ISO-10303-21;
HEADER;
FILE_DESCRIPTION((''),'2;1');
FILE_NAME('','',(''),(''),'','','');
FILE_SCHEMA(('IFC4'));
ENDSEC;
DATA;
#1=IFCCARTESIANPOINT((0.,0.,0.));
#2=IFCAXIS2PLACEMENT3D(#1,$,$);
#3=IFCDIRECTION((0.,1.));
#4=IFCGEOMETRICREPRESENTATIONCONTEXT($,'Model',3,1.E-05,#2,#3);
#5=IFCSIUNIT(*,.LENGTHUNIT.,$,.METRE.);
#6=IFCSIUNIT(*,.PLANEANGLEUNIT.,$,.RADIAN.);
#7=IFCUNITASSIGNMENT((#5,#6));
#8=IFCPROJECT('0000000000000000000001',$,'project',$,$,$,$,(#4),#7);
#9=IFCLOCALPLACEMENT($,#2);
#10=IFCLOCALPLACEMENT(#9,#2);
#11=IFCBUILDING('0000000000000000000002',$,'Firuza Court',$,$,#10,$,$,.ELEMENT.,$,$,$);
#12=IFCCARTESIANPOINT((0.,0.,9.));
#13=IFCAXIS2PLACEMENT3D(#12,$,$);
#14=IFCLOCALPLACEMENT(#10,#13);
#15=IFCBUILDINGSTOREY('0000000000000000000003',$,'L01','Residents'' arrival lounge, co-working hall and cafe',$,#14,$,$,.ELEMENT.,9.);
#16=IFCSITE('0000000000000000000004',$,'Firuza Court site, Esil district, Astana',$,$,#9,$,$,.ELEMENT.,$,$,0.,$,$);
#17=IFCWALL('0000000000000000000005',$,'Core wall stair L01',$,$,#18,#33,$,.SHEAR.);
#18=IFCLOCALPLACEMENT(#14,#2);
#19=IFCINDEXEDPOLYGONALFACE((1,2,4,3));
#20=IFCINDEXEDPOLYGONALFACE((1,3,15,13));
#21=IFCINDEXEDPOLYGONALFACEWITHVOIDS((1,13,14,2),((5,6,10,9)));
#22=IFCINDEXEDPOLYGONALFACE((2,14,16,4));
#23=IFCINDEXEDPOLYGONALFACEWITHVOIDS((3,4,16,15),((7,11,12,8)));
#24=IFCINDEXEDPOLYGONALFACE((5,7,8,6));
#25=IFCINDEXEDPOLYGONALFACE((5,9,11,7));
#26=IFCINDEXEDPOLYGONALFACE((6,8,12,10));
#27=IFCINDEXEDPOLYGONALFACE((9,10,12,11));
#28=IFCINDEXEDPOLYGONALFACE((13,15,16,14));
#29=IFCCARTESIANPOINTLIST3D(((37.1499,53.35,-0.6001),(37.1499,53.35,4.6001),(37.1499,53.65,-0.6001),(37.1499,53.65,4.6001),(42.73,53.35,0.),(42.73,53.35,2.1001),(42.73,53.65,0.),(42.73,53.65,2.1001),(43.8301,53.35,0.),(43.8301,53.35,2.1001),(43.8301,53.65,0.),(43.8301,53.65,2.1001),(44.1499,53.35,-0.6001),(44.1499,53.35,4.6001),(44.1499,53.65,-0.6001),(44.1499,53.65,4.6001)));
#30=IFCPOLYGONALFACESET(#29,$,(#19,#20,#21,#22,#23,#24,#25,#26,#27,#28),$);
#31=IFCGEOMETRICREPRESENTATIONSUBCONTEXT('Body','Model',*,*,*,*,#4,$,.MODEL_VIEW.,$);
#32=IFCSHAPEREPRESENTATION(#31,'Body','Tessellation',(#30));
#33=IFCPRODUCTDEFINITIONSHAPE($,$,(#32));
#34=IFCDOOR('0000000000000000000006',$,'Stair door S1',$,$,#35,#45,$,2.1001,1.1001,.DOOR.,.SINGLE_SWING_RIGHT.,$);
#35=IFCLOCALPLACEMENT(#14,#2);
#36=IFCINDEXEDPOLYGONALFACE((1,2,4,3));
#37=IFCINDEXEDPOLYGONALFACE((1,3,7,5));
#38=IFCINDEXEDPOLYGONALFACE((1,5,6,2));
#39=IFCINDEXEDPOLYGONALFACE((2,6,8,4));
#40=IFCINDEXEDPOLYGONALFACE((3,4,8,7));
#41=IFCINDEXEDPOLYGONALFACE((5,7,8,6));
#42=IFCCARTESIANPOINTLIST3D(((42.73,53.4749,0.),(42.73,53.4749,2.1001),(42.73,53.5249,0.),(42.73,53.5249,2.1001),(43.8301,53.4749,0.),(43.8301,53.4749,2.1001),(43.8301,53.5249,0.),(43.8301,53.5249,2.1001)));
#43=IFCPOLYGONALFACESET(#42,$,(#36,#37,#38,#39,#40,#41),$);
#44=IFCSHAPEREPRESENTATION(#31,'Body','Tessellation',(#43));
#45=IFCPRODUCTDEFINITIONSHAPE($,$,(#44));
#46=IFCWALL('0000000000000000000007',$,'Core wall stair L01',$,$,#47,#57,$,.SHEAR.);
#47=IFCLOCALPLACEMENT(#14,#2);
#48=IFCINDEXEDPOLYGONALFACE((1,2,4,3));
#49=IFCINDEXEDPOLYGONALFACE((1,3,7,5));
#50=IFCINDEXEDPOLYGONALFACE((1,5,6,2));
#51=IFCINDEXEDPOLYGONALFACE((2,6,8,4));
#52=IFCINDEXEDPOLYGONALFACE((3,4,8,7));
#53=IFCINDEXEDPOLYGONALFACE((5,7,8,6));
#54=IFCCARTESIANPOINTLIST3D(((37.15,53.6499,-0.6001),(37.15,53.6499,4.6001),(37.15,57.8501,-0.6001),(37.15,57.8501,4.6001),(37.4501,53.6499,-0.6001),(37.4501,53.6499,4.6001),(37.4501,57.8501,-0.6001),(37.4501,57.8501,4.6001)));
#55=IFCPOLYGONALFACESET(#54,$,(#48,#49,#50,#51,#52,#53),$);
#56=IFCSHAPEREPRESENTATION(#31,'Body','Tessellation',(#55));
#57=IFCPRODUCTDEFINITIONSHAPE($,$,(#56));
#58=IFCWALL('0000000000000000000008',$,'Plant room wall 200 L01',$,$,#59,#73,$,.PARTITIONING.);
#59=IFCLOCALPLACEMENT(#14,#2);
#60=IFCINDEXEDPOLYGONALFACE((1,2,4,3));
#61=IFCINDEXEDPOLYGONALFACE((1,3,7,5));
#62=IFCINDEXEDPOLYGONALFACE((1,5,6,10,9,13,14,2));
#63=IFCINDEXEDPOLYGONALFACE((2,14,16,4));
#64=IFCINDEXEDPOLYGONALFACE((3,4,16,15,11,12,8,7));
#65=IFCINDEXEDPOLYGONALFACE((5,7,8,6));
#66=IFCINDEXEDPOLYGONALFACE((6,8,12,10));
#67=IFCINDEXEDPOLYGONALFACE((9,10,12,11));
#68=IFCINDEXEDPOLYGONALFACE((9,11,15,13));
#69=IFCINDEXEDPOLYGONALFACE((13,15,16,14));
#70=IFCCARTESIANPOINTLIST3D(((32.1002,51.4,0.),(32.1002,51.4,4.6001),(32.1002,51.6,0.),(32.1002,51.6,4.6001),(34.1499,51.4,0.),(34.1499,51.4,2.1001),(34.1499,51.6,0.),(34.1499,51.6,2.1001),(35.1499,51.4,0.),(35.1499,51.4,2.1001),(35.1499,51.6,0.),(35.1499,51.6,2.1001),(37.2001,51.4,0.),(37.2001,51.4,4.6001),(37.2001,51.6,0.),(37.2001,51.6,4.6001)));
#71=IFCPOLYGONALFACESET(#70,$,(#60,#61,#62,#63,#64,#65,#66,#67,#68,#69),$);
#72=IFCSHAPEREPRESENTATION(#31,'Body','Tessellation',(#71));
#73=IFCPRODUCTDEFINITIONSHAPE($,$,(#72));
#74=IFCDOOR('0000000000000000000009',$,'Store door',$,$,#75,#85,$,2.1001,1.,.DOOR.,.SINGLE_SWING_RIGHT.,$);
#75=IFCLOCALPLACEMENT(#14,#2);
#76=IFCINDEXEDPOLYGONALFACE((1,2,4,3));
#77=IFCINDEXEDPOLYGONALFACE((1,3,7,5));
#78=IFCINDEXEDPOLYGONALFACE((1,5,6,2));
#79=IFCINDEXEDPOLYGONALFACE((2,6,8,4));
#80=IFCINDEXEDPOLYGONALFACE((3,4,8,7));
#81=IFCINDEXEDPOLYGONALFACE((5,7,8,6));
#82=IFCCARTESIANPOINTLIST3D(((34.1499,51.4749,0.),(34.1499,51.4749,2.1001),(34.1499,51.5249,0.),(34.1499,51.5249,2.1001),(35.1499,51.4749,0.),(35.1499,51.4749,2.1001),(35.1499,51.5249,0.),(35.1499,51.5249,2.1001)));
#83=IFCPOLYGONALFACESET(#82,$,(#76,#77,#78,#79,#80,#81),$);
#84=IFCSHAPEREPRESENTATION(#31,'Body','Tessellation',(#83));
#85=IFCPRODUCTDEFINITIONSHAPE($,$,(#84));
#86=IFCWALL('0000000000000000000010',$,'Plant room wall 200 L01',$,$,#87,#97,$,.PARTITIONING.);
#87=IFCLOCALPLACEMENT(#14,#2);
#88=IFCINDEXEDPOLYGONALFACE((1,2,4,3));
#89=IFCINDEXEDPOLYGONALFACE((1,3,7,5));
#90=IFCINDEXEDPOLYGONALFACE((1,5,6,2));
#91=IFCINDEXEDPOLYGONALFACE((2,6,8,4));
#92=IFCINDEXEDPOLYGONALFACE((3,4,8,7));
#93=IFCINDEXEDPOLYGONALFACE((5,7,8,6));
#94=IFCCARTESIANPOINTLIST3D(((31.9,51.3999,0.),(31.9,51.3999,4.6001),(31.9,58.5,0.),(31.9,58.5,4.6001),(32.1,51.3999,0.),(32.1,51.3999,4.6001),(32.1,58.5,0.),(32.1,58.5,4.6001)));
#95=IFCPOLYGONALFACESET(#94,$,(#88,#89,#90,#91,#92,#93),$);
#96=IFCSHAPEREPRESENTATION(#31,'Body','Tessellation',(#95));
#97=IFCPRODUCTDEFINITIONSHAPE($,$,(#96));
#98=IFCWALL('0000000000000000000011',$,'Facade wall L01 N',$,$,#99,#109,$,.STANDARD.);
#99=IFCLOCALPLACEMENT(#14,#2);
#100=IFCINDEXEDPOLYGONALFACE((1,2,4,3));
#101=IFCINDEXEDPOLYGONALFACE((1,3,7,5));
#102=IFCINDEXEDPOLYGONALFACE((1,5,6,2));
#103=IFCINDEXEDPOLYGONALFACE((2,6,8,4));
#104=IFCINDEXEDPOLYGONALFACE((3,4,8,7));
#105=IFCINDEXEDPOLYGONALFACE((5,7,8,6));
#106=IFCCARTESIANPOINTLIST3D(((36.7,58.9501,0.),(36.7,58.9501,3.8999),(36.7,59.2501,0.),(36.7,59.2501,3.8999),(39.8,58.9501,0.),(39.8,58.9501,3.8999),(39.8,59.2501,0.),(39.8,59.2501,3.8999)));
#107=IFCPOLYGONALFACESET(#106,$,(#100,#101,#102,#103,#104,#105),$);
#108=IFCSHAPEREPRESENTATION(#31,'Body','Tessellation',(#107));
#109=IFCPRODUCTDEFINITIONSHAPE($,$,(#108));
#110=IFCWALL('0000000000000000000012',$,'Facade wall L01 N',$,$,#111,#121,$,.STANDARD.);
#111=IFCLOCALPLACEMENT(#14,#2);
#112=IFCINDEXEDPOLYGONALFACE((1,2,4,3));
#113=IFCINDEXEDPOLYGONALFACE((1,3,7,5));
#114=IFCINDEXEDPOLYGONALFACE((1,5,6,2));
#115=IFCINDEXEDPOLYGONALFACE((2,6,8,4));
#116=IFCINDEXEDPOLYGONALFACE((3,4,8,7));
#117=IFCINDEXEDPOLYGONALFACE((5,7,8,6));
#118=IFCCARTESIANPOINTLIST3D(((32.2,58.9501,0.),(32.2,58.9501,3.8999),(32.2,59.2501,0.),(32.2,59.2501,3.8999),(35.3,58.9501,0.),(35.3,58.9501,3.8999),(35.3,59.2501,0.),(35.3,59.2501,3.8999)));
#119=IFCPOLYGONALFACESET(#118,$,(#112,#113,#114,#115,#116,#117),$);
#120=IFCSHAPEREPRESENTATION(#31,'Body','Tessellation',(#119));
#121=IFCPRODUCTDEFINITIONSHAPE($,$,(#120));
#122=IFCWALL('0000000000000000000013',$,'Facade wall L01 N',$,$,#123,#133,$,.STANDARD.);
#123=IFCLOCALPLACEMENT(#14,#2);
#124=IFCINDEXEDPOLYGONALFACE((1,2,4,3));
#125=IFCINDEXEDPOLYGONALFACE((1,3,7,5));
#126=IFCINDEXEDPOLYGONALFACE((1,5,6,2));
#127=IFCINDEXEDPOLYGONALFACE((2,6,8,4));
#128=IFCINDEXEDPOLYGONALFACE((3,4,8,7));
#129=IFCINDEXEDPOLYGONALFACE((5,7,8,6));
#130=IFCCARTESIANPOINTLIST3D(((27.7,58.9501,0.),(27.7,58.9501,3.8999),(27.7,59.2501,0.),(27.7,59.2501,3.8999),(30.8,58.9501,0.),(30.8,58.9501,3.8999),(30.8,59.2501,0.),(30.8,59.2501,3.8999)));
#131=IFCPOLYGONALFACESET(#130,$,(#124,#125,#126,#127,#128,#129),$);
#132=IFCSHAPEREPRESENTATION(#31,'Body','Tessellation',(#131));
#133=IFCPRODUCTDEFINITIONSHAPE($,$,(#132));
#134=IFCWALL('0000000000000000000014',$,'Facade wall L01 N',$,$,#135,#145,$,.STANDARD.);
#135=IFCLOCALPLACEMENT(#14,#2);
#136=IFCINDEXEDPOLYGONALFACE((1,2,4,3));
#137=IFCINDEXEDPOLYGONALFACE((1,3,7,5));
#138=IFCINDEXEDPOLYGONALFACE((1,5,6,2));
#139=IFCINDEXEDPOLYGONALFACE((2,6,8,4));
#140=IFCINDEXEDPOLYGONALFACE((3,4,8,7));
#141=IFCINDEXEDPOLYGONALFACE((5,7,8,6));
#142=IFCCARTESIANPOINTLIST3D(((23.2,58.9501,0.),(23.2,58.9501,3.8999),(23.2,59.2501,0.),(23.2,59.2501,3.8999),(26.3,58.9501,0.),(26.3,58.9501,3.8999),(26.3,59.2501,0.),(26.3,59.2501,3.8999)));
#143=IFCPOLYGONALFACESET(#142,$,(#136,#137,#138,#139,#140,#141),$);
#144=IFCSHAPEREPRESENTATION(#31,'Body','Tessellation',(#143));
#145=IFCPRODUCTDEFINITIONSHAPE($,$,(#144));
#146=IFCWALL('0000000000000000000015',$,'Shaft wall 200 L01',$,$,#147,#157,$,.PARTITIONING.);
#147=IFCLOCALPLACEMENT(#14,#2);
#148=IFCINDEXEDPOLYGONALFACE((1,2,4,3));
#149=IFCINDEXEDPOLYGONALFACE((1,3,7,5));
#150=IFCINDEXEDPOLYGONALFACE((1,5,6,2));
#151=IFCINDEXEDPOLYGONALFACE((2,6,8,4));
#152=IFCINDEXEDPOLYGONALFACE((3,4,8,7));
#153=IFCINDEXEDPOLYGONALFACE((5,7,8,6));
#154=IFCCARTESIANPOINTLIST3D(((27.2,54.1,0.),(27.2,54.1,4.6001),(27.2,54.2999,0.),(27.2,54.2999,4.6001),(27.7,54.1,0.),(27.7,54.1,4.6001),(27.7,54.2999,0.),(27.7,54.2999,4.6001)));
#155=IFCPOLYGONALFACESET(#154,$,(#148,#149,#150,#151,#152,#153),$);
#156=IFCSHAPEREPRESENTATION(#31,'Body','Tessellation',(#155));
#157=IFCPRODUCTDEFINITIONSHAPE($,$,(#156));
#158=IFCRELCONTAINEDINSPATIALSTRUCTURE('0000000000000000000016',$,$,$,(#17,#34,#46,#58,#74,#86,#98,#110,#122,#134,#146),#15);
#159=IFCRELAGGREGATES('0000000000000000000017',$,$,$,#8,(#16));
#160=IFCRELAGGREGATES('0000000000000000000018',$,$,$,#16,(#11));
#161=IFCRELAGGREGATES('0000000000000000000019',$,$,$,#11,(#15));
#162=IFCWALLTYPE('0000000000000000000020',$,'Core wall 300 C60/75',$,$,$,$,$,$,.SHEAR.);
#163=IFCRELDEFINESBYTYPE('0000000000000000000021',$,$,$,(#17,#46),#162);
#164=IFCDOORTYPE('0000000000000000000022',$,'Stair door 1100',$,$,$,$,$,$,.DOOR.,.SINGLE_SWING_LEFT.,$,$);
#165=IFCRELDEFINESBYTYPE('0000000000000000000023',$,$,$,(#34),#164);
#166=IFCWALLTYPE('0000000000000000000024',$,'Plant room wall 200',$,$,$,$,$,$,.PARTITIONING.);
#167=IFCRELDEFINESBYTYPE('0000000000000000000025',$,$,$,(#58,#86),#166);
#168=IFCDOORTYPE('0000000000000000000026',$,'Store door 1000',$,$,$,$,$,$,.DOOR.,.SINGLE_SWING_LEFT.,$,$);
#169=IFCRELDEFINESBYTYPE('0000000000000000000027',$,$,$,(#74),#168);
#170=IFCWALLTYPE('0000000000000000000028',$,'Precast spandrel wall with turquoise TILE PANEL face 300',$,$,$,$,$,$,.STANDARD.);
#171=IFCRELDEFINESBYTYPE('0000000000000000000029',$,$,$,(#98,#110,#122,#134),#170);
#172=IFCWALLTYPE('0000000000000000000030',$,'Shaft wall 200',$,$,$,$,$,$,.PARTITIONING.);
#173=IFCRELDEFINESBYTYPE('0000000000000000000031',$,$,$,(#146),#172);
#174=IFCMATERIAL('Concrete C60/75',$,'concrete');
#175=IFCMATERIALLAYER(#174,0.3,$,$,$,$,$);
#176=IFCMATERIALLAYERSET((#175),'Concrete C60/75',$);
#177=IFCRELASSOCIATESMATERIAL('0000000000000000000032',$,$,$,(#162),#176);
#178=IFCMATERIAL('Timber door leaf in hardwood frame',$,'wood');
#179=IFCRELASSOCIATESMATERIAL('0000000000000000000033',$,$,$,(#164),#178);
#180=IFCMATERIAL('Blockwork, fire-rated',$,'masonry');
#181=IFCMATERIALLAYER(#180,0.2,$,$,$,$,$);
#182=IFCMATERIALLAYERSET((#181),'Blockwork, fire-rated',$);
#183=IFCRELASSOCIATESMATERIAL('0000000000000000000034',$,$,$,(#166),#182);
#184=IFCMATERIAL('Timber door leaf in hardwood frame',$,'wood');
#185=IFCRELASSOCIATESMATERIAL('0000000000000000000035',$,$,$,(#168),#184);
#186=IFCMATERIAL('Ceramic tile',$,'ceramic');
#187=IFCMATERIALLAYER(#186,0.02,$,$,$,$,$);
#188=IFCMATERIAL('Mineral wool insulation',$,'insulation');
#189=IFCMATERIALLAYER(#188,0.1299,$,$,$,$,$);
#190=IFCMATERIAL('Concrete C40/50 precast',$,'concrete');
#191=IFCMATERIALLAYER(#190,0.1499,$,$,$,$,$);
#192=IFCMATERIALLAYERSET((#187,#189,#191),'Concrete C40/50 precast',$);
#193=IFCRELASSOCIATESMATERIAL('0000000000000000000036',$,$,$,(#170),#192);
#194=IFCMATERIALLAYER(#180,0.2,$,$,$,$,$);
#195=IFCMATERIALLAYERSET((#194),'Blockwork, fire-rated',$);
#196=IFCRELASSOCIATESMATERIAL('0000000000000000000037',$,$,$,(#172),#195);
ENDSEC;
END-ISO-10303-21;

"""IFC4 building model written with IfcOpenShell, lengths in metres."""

from ifc_helpers import new_model, si_unit, direction, frame, frame_2d, origin, place, context, subcontext, project, spatial, rectangle, extrude, material, layer, layer_set, type_object, element, fill, save


model = new_model("IFC4")

# Units and contexts
model_context = context("Model", 3, precision=1e-05, world=origin(), true_north=direction((0.0, 1.0)))
body_context = subcontext(model_context, "Body", "Model", "MODEL_VIEW")
ifc_project = project(units=[si_unit("LENGTHUNIT", "METRE"), si_unit("PLANEANGLEUNIT", "RADIAN")], contexts=[model_context])

# Site, building, storey
site_placement = place(None, origin())
site = spatial("IfcSite", under=ifc_project, at=site_placement, Name="Firuza Court site, Esil district, Astana", CompositionType="ELEMENT", RefElevation=0.0)
building_placement = place(site_placement, origin())
building = spatial("IfcBuilding", under=site, at=building_placement, Name="Firuza Court", CompositionType="ELEMENT")
storey_placement = place(building_placement, frame((0.0, 0.0, 9.0)))
storey = spatial("IfcBuildingStorey", under=building, at=storey_placement, Name="L01", Description="Residents' arrival lounge, co-working hall and cafe", CompositionType="ELEMENT", Elevation=9.0)

# Shared definitions
ifc_material_1 = material(Name="Concrete C60/75", Category="concrete")

# Shared definitions
ifc_layer_1 = layer(ifc_material_1, 0.3)
ifc_layer_set_1 = layer_set([ifc_layer_1], Name="Concrete C60/75")
wall_type_1 = type_object("IfcWallType", Name="Core wall 300 C60/75", PredefinedType="SHEAR", material=ifc_layer_set_1)

# Wall, opening, door
wall_1_placement = place(storey_placement, frame((37.1499, 53.5, -0.6001), z_axis=(0.0, 0.0, 1.0), x_axis=(1.0, 0.0, 0.0)))
wall_1 = element("IfcWall", 1, at=wall_1_placement, inside=storey, type_object=wall_type_1, Name="Core wall stair L01", PredefinedType="SHEAR", context=body_context, shape_type="SweptSolid", body=[
    extrude(rectangle(XDim=7.0, YDim=0.3, at=frame_2d((3.5, 0.0))), origin(), (0.0, 0.0, 1.0), 5.2002),
])
opening_1_placement = place(wall_1_placement, frame((5.5801, 0.0, 0.6001)))
opening_1 = element("IfcOpeningElement", 2, at=opening_1_placement, cuts=wall_1, PredefinedType="OPENING", context=body_context, shape_type="SweptSolid", body=[
    extrude(rectangle(XDim=1.1001, YDim=2.1001, at=frame_2d((0.55, 1.05))), frame((0.0, 0.1621, 0.0), z_axis=(0.0, -1.0, 0.0), x_axis=(1.0, 0.0, 0.0)), (0.0, 0.0, 1.0), 0.324),
])
ifc_material_2 = material(Name="Timber door leaf in hardwood frame", Category="wood")
door_type_1 = type_object("IfcDoorType", Name="Stair door 1100", OperationType="SINGLE_SWING_LEFT", PredefinedType="DOOR", material=ifc_material_2)
door_1_placement = place(opening_1_placement, origin())
door_1 = element("IfcDoor", 3, at=door_1_placement, inside=storey, type_object=door_type_1, Name="Stair door S1", OperationType="SINGLE_SWING_RIGHT", OverallHeight=2.1001, OverallWidth=1.1001, PredefinedType="DOOR", context=body_context, shape_type="SweptSolid", body=[
    extrude(rectangle(XDim=1.1001, YDim=2.1001, at=frame_2d((0.55, 1.05))), frame((0.0, 0.0249, 0.0), z_axis=(0.0, -1.0, 0.0), x_axis=(1.0, 0.0, 0.0)), (0.0, 0.0, 1.0), 0.05),
])
fill(opening_1, door_1)

# Wall
wall_2_placement = place(storey_placement, frame((37.3, 53.6499, -0.6001), z_axis=(0.0, 0.0, 1.0), x_axis=(0.0, 1.0, 0.0)))
element("IfcWall", 4, at=wall_2_placement, inside=storey, type_object=wall_type_1, Name="Core wall stair L01", PredefinedType="SHEAR", context=body_context, shape_type="SweptSolid", body=[
    extrude(rectangle(XDim=4.2002, YDim=0.3, at=frame_2d((2.1001, 0.0))), origin(), (0.0, 0.0, 1.0), 5.2002),
])

# Wall, opening, door
ifc_material_3 = material(Name="Blockwork, fire-rated", Category="masonry")
ifc_layer_2 = layer(ifc_material_3, 0.2)
ifc_layer_set_2 = layer_set([ifc_layer_2], Name="Blockwork, fire-rated")
wall_type_2 = type_object("IfcWallType", Name="Plant room wall 200", PredefinedType="PARTITIONING", material=ifc_layer_set_2)
wall_3_placement = place(storey_placement, frame((37.2, 51.5, 0.0), z_axis=(0.0, 0.0, 1.0), x_axis=(-1.0, 0.0, 0.0)))
wall_3 = element("IfcWall", 5, at=wall_3_placement, inside=storey, type_object=wall_type_2, Name="Plant room wall 200 L01", PredefinedType="PARTITIONING", context=body_context, shape_type="SweptSolid", body=[
    extrude(rectangle(XDim=5.0999, YDim=0.2, at=frame_2d((2.5498, 0.0))), origin(), (0.0, 0.0, 1.0), 4.6001),
])
opening_2_placement = place(wall_3_placement, frame((2.05, 0.0, 0.0)))
opening_2 = element("IfcOpeningElement", 6, at=opening_2_placement, cuts=wall_3, PredefinedType="OPENING", context=body_context, shape_type="SweptSolid", body=[
    extrude(rectangle(XDim=1.0, YDim=2.1001, at=frame_2d((0.5, 1.05))), frame((0.0, 0.1118, 0.0), z_axis=(0.0, -1.0, 0.0), x_axis=(1.0, 0.0, 0.0)), (0.0, 0.0, 1.0), 0.2239),
])
ifc_material_4 = material(Name="Timber door leaf in hardwood frame", Category="wood")
door_type_2 = type_object("IfcDoorType", Name="Store door 1000", OperationType="SINGLE_SWING_LEFT", PredefinedType="DOOR", material=ifc_material_4)
door_2_placement = place(opening_2_placement, frame((1.0, 0.0, 0.0), z_axis=(0.0, 0.0, 1.0), x_axis=(-1.0, 0.0, 0.0)))
door_2 = element("IfcDoor", 7, at=door_2_placement, inside=storey, type_object=door_type_2, Name="Store door", OperationType="SINGLE_SWING_RIGHT", OverallHeight=2.1001, OverallWidth=1.0, PredefinedType="DOOR", context=body_context, shape_type="SweptSolid", body=[
    extrude(rectangle(XDim=1.0, YDim=2.1001, at=frame_2d((0.5, 1.05))), frame((0.0, 0.0249, 0.0), z_axis=(0.0, -1.0, 0.0), x_axis=(1.0, 0.0, 0.0)), (0.0, 0.0, 1.0), 0.05),
])
fill(opening_2, door_2)

# Walls
wall_4_placement = place(storey_placement, frame((32.0, 58.5, 0.0), z_axis=(0.0, 0.0, 1.0), x_axis=(0.0, -1.0, 0.0)))
element("IfcWall", 8, at=wall_4_placement, inside=storey, type_object=wall_type_2, Name="Plant room wall 200 L01", PredefinedType="PARTITIONING", context=body_context, shape_type="SweptSolid", body=[
    extrude(rectangle(XDim=7.1001, YDim=0.2, at=frame_2d((3.55, 0.0))), origin(), (0.0, 0.0, 1.0), 4.6001),
])
ifc_material_5 = material(Name="Ceramic tile", Category="ceramic")
ifc_layer_3 = layer(ifc_material_5, 0.02)
ifc_material_6 = material(Name="Mineral wool insulation", Category="insulation")
ifc_layer_4 = layer(ifc_material_6, 0.1299)
ifc_material_7 = material(Name="Concrete C40/50 precast", Category="concrete")
ifc_layer_5 = layer(ifc_material_7, 0.1499)
ifc_layer_set_3 = layer_set([ifc_layer_3, ifc_layer_4, ifc_layer_5], Name="Concrete C40/50 precast")
wall_type_3 = type_object("IfcWallType", Name="Precast spandrel wall with turquoise TILE PANEL face 300", PredefinedType="STANDARD", material=ifc_layer_set_3)
for number, where, z_axis, x_axis, name in (
    (9, (39.8, 59.1001, 0.0), (0.0, 0.0, 1.0), (-1.0, 0.0, 0.0), "Facade wall L01 N"),
    (10, (35.3, 59.1001, 0.0), (0.0, 0.0, 1.0), (-1.0, 0.0, 0.0), "Facade wall L01 N"),
    (11, (30.8, 59.1001, 0.0), (0.0, 0.0, 1.0), (-1.0, 0.0, 0.0), "Facade wall L01 N"),
    (12, (26.3, 59.1001, 0.0), (0.0, 0.0, 1.0), (-1.0, 0.0, 0.0), "Facade wall L01 N"),
):
    element("IfcWall", number, at=place(storey_placement, frame(where, z_axis=z_axis, x_axis=x_axis)), inside=storey, type_object=wall_type_3, Name=name, PredefinedType="STANDARD", context=body_context, shape_type="SweptSolid", body=[
        extrude(rectangle(XDim=3.1001, YDim=0.3, at=frame_2d((1.55, 0.0))), origin(), (0.0, 0.0, 1.0), 3.8999),
    ])
ifc_layer_6 = layer(ifc_material_3, 0.2)
ifc_layer_set_4 = layer_set([ifc_layer_6], Name="Blockwork, fire-rated")
wall_type_4 = type_object("IfcWallType", Name="Shaft wall 200", PredefinedType="PARTITIONING", material=ifc_layer_set_4)
wall_5_placement = place(storey_placement, frame((27.2, 54.2, 0.0), z_axis=(0.0, 0.0, 1.0), x_axis=(1.0, 0.0, 0.0)))
element("IfcWall", 13, at=wall_5_placement, inside=storey, type_object=wall_type_4, Name="Shaft wall 200 L01", PredefinedType="PARTITIONING", context=body_context, shape_type="SweptSolid", body=[
    extrude(rectangle(XDim=0.5, YDim=0.2, at=frame_2d((0.25, 0.0))), origin(), (0.0, 0.0, 1.0), 4.6001),
])

save(model, "model.ifc")
